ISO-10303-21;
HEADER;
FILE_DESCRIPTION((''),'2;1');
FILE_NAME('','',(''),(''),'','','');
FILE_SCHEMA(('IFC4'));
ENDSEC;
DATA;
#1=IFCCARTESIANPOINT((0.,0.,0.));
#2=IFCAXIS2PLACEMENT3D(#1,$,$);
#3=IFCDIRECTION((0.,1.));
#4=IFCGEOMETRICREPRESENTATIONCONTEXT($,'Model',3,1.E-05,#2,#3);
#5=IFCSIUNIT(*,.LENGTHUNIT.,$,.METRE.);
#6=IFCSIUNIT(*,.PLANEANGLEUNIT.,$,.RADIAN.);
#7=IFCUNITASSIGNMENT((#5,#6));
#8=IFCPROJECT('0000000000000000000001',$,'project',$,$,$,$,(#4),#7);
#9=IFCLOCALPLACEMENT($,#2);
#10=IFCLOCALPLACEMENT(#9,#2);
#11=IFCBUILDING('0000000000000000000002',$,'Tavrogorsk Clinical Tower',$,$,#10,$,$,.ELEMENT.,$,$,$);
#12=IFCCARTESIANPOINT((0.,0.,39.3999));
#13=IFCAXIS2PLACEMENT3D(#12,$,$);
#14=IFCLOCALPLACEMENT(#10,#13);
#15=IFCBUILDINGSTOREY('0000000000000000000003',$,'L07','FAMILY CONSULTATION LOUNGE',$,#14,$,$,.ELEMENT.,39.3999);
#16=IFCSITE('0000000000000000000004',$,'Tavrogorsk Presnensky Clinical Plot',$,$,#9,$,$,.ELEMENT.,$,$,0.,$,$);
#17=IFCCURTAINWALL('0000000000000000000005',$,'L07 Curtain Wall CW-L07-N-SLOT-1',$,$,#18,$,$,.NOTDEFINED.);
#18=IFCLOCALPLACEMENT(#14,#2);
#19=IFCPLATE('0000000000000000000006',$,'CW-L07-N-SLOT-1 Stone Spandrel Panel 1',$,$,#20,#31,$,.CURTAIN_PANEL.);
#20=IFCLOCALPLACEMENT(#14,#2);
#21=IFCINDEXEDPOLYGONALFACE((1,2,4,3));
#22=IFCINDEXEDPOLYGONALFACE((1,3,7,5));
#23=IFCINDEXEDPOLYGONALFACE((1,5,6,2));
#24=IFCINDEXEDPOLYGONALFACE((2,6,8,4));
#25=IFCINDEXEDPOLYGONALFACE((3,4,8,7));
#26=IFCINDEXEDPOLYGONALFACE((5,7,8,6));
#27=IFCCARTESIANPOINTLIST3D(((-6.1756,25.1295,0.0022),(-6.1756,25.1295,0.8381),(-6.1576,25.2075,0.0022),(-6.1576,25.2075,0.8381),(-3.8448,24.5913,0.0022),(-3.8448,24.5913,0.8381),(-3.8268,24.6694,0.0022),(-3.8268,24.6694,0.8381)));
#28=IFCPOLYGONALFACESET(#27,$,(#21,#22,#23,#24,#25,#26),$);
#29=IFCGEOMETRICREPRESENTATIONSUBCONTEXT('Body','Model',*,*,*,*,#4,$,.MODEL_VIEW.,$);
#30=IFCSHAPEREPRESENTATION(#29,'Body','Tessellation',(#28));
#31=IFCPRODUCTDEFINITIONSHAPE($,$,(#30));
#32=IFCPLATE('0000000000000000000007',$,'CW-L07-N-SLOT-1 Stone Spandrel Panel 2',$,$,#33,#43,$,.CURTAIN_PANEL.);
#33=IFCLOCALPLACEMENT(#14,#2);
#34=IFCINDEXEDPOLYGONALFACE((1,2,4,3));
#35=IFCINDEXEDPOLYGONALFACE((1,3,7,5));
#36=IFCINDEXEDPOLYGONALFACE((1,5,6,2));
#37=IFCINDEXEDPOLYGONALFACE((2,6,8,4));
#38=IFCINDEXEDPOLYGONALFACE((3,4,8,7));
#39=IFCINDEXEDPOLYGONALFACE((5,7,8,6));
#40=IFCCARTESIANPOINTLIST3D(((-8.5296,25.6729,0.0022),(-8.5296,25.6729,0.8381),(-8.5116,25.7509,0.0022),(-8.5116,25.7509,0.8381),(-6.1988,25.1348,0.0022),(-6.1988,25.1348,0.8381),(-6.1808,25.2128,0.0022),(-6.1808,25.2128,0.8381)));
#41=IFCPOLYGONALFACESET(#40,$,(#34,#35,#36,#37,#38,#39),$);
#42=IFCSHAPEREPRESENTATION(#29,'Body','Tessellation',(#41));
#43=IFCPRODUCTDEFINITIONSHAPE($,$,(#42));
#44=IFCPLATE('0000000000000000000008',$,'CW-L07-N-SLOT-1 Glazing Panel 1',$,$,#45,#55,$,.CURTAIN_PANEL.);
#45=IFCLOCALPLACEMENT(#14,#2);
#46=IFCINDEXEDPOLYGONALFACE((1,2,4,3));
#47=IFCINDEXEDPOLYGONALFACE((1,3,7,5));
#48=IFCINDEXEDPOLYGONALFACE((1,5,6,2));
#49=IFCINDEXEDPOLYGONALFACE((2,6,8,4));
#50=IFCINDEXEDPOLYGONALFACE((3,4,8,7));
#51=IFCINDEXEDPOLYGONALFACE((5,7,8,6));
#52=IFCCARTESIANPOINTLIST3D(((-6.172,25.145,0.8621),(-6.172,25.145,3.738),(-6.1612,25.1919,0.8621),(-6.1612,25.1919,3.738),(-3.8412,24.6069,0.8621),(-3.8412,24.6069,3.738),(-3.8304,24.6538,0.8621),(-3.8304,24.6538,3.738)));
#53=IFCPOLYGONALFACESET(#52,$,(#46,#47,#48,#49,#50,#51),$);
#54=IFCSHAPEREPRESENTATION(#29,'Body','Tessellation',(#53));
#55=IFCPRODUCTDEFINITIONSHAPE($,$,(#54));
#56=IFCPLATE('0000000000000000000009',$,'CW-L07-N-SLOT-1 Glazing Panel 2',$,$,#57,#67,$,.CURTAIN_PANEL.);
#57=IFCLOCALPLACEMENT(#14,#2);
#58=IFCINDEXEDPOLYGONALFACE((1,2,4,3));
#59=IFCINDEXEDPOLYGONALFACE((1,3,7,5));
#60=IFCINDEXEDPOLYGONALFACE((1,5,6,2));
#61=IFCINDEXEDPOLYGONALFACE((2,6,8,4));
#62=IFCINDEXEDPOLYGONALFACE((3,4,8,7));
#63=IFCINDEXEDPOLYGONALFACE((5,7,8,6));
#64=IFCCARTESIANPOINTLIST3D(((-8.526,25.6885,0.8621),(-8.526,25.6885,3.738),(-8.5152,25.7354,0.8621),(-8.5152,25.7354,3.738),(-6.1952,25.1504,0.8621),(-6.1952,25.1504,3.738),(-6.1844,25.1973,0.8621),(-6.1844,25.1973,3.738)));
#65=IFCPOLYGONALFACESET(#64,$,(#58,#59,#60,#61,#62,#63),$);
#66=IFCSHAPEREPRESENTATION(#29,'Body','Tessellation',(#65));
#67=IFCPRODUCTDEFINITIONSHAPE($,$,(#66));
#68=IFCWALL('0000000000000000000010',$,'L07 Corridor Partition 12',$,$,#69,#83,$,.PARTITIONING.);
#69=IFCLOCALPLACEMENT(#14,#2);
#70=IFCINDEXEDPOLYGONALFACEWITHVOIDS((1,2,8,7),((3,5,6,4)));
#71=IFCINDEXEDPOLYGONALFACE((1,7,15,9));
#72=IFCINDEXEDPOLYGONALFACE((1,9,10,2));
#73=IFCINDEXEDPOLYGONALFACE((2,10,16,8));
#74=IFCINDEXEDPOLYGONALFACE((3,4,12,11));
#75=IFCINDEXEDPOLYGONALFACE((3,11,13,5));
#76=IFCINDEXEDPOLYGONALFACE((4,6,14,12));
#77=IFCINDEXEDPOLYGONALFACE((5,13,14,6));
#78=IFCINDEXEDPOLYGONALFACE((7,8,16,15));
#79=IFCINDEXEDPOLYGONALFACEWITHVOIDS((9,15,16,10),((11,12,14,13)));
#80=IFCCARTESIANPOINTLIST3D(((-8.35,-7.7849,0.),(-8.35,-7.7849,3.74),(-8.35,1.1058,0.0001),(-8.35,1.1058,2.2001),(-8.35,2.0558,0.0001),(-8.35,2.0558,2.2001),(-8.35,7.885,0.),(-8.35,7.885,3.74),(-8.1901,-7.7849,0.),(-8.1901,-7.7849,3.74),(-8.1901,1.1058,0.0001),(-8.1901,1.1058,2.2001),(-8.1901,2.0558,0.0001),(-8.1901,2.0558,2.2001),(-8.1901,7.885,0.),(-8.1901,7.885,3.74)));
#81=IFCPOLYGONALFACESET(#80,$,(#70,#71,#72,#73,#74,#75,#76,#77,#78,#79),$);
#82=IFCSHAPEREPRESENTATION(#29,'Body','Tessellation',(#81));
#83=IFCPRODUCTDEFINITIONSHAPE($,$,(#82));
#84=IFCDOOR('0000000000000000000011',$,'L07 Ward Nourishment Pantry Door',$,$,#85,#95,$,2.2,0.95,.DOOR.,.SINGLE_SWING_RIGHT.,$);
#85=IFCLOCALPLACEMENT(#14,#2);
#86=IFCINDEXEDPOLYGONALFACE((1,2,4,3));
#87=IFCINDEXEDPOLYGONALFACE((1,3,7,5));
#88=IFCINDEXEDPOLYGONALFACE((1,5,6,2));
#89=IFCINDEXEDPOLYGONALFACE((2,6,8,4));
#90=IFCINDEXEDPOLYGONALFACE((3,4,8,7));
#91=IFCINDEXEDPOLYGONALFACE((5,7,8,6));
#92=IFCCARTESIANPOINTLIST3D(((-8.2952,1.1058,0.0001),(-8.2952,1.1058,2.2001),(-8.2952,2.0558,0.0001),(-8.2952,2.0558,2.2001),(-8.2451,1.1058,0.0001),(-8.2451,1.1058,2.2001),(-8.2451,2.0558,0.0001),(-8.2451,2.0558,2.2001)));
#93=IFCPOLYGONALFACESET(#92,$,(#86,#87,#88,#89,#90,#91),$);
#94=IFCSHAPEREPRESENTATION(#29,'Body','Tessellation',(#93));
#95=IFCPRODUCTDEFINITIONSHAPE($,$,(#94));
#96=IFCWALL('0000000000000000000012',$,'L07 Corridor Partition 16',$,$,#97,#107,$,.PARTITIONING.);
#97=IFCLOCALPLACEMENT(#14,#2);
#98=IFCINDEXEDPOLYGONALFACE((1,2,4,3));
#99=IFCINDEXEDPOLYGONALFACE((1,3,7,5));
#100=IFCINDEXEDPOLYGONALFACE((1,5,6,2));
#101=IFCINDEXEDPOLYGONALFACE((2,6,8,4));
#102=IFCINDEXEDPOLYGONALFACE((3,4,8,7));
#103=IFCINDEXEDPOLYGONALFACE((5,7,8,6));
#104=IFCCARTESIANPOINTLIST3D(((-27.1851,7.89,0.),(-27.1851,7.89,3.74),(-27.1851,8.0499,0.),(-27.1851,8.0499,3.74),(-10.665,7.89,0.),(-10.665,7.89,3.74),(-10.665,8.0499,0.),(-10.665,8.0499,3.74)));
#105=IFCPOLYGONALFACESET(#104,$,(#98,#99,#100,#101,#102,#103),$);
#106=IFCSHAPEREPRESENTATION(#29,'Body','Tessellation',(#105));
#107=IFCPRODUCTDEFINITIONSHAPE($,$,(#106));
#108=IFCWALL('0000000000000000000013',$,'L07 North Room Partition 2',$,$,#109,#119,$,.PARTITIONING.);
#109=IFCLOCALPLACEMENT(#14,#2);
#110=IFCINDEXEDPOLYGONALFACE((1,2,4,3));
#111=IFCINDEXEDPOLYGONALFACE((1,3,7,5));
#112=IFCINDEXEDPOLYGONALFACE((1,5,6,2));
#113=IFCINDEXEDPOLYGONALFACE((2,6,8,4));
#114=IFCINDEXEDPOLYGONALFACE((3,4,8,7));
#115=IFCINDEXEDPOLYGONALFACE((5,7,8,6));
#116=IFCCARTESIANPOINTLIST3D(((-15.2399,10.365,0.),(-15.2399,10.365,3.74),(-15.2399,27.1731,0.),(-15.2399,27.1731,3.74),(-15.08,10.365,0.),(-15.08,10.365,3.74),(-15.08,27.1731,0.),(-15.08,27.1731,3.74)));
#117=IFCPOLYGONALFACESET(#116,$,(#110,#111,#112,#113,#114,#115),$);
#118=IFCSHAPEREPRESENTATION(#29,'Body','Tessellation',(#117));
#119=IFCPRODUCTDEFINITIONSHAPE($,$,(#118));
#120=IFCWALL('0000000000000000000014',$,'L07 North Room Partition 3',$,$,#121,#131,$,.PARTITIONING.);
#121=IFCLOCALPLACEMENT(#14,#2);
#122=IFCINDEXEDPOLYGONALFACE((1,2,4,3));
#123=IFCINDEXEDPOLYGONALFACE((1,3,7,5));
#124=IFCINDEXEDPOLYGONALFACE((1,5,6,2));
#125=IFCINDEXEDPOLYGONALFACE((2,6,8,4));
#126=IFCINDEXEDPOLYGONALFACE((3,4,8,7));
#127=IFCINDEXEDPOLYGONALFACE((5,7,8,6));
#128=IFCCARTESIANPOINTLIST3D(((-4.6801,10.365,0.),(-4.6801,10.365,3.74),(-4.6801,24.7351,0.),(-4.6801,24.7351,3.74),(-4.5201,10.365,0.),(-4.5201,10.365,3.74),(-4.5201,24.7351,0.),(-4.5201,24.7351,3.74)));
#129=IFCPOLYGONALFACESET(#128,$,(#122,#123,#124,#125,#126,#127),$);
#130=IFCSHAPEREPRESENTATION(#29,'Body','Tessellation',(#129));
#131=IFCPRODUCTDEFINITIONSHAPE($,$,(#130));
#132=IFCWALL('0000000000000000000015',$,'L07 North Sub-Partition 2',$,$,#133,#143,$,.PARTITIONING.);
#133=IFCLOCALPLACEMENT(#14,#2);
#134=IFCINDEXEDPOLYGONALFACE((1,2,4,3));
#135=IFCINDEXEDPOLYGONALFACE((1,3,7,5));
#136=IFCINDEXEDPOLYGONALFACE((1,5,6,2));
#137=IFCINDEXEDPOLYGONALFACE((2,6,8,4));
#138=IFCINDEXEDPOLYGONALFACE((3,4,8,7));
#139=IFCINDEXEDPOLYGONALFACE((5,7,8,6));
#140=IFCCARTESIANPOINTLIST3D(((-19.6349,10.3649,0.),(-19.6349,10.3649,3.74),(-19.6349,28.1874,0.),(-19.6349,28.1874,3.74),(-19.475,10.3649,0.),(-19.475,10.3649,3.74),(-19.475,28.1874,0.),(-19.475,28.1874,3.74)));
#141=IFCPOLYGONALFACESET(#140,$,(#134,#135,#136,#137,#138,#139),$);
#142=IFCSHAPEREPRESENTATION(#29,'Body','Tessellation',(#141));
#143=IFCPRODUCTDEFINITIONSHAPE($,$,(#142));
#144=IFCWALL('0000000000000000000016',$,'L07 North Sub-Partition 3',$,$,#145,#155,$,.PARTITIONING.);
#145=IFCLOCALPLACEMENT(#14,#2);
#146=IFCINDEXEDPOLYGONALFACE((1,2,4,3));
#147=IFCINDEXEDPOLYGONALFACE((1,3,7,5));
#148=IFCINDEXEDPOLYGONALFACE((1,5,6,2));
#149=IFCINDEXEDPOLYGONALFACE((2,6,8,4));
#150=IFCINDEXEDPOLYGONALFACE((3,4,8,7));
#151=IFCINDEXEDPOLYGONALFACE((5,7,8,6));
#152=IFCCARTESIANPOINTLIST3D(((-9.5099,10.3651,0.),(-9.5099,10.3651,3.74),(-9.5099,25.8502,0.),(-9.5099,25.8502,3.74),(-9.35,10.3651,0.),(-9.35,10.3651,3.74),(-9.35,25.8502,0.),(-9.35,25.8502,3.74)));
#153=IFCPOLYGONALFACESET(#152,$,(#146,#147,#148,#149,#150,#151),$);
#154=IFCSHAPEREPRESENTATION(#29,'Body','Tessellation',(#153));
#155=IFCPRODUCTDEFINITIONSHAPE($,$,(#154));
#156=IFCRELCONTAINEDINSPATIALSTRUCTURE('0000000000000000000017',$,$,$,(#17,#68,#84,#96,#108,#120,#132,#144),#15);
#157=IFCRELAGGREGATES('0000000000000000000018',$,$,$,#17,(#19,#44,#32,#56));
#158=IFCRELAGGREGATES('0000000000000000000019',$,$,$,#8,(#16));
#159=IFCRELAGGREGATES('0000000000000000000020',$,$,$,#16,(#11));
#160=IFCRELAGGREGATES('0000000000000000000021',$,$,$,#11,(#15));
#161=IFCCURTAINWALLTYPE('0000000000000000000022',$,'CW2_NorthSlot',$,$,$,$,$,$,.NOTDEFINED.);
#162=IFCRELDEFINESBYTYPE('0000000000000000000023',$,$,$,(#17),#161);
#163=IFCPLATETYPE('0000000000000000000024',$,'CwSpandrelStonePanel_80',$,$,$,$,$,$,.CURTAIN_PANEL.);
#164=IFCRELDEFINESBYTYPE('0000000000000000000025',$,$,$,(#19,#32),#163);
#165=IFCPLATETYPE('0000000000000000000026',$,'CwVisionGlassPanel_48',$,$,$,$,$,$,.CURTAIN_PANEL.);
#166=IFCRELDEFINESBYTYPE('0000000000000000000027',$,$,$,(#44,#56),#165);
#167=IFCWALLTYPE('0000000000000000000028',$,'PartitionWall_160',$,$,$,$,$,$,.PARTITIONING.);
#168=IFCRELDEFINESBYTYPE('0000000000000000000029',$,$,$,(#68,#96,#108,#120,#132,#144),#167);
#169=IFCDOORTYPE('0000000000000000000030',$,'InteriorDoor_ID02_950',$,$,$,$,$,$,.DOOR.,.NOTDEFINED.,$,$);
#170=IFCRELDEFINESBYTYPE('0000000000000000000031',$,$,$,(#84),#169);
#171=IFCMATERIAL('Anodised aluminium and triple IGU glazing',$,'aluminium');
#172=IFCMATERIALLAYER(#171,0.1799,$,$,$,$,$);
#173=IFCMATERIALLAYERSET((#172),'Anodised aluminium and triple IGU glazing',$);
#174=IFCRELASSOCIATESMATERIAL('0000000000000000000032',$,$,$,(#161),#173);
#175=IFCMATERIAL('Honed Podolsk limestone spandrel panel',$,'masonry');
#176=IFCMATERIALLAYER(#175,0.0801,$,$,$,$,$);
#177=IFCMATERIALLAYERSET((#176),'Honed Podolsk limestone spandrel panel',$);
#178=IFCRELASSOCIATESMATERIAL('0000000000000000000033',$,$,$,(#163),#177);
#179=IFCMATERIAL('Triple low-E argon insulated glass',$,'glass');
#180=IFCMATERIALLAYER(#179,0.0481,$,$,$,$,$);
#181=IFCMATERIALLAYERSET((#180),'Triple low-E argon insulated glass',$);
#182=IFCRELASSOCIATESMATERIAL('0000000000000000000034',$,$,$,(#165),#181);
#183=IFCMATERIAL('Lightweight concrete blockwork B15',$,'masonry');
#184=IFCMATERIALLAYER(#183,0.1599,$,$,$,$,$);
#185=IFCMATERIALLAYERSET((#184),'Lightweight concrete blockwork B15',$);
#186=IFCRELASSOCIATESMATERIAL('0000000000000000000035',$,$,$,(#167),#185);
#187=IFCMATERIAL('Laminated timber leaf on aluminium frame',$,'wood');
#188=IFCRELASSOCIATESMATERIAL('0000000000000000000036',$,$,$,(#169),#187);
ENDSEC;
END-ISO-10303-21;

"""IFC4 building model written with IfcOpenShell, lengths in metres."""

from ifc_helpers import new_model, si_unit, direction, frame, frame_2d, origin, origin_2d, place, context, subcontext, project, spatial, rectangle, extrude, material, layer, layer_set, type_object, element, fill, aggregate, save


model = new_model("IFC4")

# Units and contexts
model_context = context("Model", 3, precision=1e-05, world=origin(), true_north=direction((0.0, 1.0)))
body_context = subcontext(model_context, "Body", "Model", "MODEL_VIEW")
ifc_project = project(units=[si_unit("LENGTHUNIT", "METRE"), si_unit("PLANEANGLEUNIT", "RADIAN")], contexts=[model_context])

# Site, building, storey
site_placement = place(None, origin())
site = spatial("IfcSite", under=ifc_project, at=site_placement, Name="Tavrogorsk Presnensky Clinical Plot", CompositionType="ELEMENT", RefElevation=0.0)
building_placement = place(site_placement, origin())
building = spatial("IfcBuilding", under=site, at=building_placement, Name="Tavrogorsk Clinical Tower", CompositionType="ELEMENT")
storey_placement = place(building_placement, frame((0.0, 0.0, 39.3999)))
storey = spatial("IfcBuildingStorey", under=building, at=storey_placement, Name="L07", Description="FAMILY CONSULTATION LOUNGE", CompositionType="ELEMENT", Elevation=39.3999)

# Curtain wall
ifc_material_1 = material(Name="Anodised aluminium and triple IGU glazing", Category="aluminium")
ifc_layer_1 = layer(ifc_material_1, 0.1799)
ifc_layer_set_1 = layer_set([ifc_layer_1], Name="Anodised aluminium and triple IGU glazing")
curtain_wall_type = type_object("IfcCurtainWallType", Name="CW2_NorthSlot", PredefinedType="NOTDEFINED", material=ifc_layer_set_1)
curtain_wall_placement = place(storey_placement, origin())
curtain_wall = element("IfcCurtainWall", 1, at=curtain_wall_placement, inside=storey, type_object=curtain_wall_type, Name="L07 Curtain Wall CW-L07-N-SLOT-1", PredefinedType="NOTDEFINED")

# Plates
ifc_material_2 = material(Name="Honed Podolsk limestone spandrel panel", Category="masonry")
ifc_layer_2 = layer(ifc_material_2, 0.0801)
ifc_layer_set_2 = layer_set([ifc_layer_2], Name="Honed Podolsk limestone spandrel panel")
plate_type_1 = type_object("IfcPlateType", Name="CwSpandrelStonePanel_80", PredefinedType="CURTAIN_PANEL", material=ifc_layer_set_2)
plate_1_placement = place(storey_placement, frame((-5.0012, 24.8994, 0.0022), z_axis=(0.0, 0.0, 1.0), x_axis=(-0.97437, 0.224951, 0.0)))
plate_1 = element("IfcPlate", 2, at=plate_1_placement, type_object=plate_type_1, Name="CW-L07-N-SLOT-1 Stone Spandrel Panel 1", PredefinedType="CURTAIN_PANEL", context=body_context, shape_type="SweptSolid", body=[
    extrude(rectangle(XDim=2.3921, YDim=0.0801, at=origin_2d()), origin(), (0.0, 0.0, 1.0), 0.8359),
])
plate_2_placement = place(storey_placement, frame((-7.3552, 25.4429, 0.0022), z_axis=(0.0, 0.0, 1.0), x_axis=(-0.97437, 0.224951, 0.0)))
plate_2 = element("IfcPlate", 3, at=plate_2_placement, type_object=plate_type_1, Name="CW-L07-N-SLOT-1 Stone Spandrel Panel 2", PredefinedType="CURTAIN_PANEL", context=body_context, shape_type="SweptSolid", body=[
    extrude(rectangle(XDim=2.3921, YDim=0.0801, at=origin_2d()), origin(), (0.0, 0.0, 1.0), 0.8359),
])
ifc_material_3 = material(Name="Triple low-E argon insulated glass", Category="glass")
ifc_layer_3 = layer(ifc_material_3, 0.0481)
ifc_layer_set_3 = layer_set([ifc_layer_3], Name="Triple low-E argon insulated glass")
plate_type_2 = type_object("IfcPlateType", Name="CwVisionGlassPanel_48", PredefinedType="CURTAIN_PANEL", material=ifc_layer_set_3)
plate_3_placement = place(storey_placement, frame((-5.0012, 24.8994, 0.8621), z_axis=(0.0, 0.0, 1.0), x_axis=(-0.97437, 0.224951, 0.0)))
plate_3 = element("IfcPlate", 4, at=plate_3_placement, type_object=plate_type_2, Name="CW-L07-N-SLOT-1 Glazing Panel 1", PredefinedType="CURTAIN_PANEL", context=body_context, shape_type="SweptSolid", body=[
    extrude(rectangle(XDim=2.3921, YDim=0.0481, at=origin_2d()), origin(), (0.0, 0.0, 1.0), 2.876),
])
plate_4_placement = place(storey_placement, frame((-7.3552, 25.4429, 0.8621), z_axis=(0.0, 0.0, 1.0), x_axis=(-0.97437, 0.224951, 0.0)))
plate_4 = element("IfcPlate", 5, at=plate_4_placement, type_object=plate_type_2, Name="CW-L07-N-SLOT-1 Glazing Panel 2", PredefinedType="CURTAIN_PANEL", context=body_context, shape_type="SweptSolid", body=[
    extrude(rectangle(XDim=2.3921, YDim=0.0481, at=origin_2d()), origin(), (0.0, 0.0, 1.0), 2.876),
])
aggregate(curtain_wall, [plate_1, plate_3, plate_2, plate_4])

# Wall, opening, door
ifc_material_4 = material(Name="Lightweight concrete blockwork B15", Category="masonry")
ifc_layer_4 = layer(ifc_material_4, 0.1599)
ifc_layer_set_4 = layer_set([ifc_layer_4], Name="Lightweight concrete blockwork B15")
wall_type_1 = type_object("IfcWallType", Name="PartitionWall_160", PredefinedType="PARTITIONING", material=ifc_layer_set_4)
wall_1_placement = place(storey_placement, frame((-8.27, 7.885, 0.0), z_axis=(0.0, 0.0, 1.0), x_axis=(0.0, -1.0, 0.0)))
wall_1 = element("IfcWall", 6, at=wall_1_placement, inside=storey, type_object=wall_type_1, Name="L07 Corridor Partition 12", PredefinedType="PARTITIONING", context=body_context, shape_type="SweptSolid", body=[
    extrude(rectangle(XDim=15.6699, YDim=0.1599, at=frame_2d((7.835, 0.0))), origin(), (0.0, 0.0, 1.0), 3.74),
])
opening_1_placement = place(wall_1_placement, frame((5.8291, 0.0, 0.0)))
opening_1 = element("IfcOpeningElement", 7, at=opening_1_placement, cuts=wall_1, PredefinedType="OPENING", context=body_context, shape_type="SweptSolid", body=[
    extrude(rectangle(XDim=0.95, YDim=2.2, at=frame_2d((0.4751, 1.1001))), frame((0.0, 0.0898, 0.0), z_axis=(0.0, -1.0, 0.0), x_axis=(1.0, 0.0, 0.0)), (0.0, 0.0, 1.0), 0.1799),
])
ifc_material_5 = material(Name="Laminated timber leaf on aluminium frame", Category="wood")
door_type = type_object("IfcDoorType", Name="InteriorDoor_ID02_950", OperationType="NOTDEFINED", PredefinedType="DOOR", material=ifc_material_5)
door_placement = place(opening_1_placement, origin())
door = element("IfcDoor", 8, at=door_placement, inside=storey, type_object=door_type, Name="L07 Ward Nourishment Pantry Door", OperationType="SINGLE_SWING_RIGHT", OverallHeight=2.2, OverallWidth=0.95, PredefinedType="DOOR", context=body_context, shape_type="SweptSolid", body=[
    extrude(rectangle(XDim=0.95, YDim=2.2, at=frame_2d((0.4751, 1.1001))), frame((0.0, 0.0249, 0.0), z_axis=(0.0, -1.0, 0.0), x_axis=(1.0, 0.0, 0.0)), (0.0, 0.0, 1.0), 0.05),
])
fill(opening_1, door)

# Walls
wall_2_placement = place(storey_placement, frame((-10.665, 7.97, 0.0), z_axis=(0.0, 0.0, 1.0), x_axis=(-1.0, 0.0, 0.0)))
element("IfcWall", 9, at=wall_2_placement, inside=storey, type_object=wall_type_1, Name="L07 Corridor Partition 16", PredefinedType="PARTITIONING", context=body_context, shape_type="SweptSolid", body=[
    extrude(rectangle(XDim=16.52, YDim=0.1599, at=frame_2d((8.26, 0.0))), origin(), (0.0, 0.0, 1.0), 3.74),
])
wall_3_placement = place(storey_placement, frame((-15.1599, 10.365, 0.0), z_axis=(0.0, 0.0, 1.0), x_axis=(0.0, 1.0, 0.0)))
element("IfcWall", 10, at=wall_3_placement, inside=storey, type_object=wall_type_1, Name="L07 North Room Partition 2", PredefinedType="PARTITIONING", context=body_context, shape_type="SweptSolid", body=[
    extrude(rectangle(XDim=16.8081, YDim=0.1599, at=frame_2d((8.4041, 0.0))), origin(), (0.0, 0.0, 1.0), 3.74),
])
wall_4_placement = place(storey_placement, frame((-4.6001, 10.365, 0.0), z_axis=(0.0, 0.0, 1.0), x_axis=(0.0, 1.0, 0.0)))
element("IfcWall", 11, at=wall_4_placement, inside=storey, type_object=wall_type_1, Name="L07 North Room Partition 3", PredefinedType="PARTITIONING", context=body_context, shape_type="SweptSolid", body=[
    extrude(rectangle(XDim=14.3701, YDim=0.1599, at=frame_2d((7.1851, 0.0))), origin(), (0.0, 0.0, 1.0), 3.74),
])
wall_5_placement = place(storey_placement, frame((-19.5549, 10.365, 0.0), z_axis=(0.0, 0.0, 1.0), x_axis=(0.0, 1.0, 0.0)))
element("IfcWall", 12, at=wall_5_placement, inside=storey, type_object=wall_type_1, Name="L07 North Sub-Partition 2", PredefinedType="PARTITIONING", context=body_context, shape_type="SweptSolid", body=[
    extrude(rectangle(XDim=17.8225, YDim=0.1599, at=frame_2d((8.9111, 0.0))), origin(), (0.0, 0.0, 1.0), 3.74),
])
wall_6_placement = place(storey_placement, frame((-9.4299, 10.365, 0.0), z_axis=(0.0, 0.0, 1.0), x_axis=(0.0, 1.0, 0.0)))
element("IfcWall", 13, at=wall_6_placement, inside=storey, type_object=wall_type_1, Name="L07 North Sub-Partition 3", PredefinedType="PARTITIONING", context=body_context, shape_type="SweptSolid", body=[
    extrude(rectangle(XDim=15.4851, YDim=0.1599, at=frame_2d((7.7427, 0.0))), origin(), (0.0, 0.0, 1.0), 3.74),
])

save(model, "model.ifc")
